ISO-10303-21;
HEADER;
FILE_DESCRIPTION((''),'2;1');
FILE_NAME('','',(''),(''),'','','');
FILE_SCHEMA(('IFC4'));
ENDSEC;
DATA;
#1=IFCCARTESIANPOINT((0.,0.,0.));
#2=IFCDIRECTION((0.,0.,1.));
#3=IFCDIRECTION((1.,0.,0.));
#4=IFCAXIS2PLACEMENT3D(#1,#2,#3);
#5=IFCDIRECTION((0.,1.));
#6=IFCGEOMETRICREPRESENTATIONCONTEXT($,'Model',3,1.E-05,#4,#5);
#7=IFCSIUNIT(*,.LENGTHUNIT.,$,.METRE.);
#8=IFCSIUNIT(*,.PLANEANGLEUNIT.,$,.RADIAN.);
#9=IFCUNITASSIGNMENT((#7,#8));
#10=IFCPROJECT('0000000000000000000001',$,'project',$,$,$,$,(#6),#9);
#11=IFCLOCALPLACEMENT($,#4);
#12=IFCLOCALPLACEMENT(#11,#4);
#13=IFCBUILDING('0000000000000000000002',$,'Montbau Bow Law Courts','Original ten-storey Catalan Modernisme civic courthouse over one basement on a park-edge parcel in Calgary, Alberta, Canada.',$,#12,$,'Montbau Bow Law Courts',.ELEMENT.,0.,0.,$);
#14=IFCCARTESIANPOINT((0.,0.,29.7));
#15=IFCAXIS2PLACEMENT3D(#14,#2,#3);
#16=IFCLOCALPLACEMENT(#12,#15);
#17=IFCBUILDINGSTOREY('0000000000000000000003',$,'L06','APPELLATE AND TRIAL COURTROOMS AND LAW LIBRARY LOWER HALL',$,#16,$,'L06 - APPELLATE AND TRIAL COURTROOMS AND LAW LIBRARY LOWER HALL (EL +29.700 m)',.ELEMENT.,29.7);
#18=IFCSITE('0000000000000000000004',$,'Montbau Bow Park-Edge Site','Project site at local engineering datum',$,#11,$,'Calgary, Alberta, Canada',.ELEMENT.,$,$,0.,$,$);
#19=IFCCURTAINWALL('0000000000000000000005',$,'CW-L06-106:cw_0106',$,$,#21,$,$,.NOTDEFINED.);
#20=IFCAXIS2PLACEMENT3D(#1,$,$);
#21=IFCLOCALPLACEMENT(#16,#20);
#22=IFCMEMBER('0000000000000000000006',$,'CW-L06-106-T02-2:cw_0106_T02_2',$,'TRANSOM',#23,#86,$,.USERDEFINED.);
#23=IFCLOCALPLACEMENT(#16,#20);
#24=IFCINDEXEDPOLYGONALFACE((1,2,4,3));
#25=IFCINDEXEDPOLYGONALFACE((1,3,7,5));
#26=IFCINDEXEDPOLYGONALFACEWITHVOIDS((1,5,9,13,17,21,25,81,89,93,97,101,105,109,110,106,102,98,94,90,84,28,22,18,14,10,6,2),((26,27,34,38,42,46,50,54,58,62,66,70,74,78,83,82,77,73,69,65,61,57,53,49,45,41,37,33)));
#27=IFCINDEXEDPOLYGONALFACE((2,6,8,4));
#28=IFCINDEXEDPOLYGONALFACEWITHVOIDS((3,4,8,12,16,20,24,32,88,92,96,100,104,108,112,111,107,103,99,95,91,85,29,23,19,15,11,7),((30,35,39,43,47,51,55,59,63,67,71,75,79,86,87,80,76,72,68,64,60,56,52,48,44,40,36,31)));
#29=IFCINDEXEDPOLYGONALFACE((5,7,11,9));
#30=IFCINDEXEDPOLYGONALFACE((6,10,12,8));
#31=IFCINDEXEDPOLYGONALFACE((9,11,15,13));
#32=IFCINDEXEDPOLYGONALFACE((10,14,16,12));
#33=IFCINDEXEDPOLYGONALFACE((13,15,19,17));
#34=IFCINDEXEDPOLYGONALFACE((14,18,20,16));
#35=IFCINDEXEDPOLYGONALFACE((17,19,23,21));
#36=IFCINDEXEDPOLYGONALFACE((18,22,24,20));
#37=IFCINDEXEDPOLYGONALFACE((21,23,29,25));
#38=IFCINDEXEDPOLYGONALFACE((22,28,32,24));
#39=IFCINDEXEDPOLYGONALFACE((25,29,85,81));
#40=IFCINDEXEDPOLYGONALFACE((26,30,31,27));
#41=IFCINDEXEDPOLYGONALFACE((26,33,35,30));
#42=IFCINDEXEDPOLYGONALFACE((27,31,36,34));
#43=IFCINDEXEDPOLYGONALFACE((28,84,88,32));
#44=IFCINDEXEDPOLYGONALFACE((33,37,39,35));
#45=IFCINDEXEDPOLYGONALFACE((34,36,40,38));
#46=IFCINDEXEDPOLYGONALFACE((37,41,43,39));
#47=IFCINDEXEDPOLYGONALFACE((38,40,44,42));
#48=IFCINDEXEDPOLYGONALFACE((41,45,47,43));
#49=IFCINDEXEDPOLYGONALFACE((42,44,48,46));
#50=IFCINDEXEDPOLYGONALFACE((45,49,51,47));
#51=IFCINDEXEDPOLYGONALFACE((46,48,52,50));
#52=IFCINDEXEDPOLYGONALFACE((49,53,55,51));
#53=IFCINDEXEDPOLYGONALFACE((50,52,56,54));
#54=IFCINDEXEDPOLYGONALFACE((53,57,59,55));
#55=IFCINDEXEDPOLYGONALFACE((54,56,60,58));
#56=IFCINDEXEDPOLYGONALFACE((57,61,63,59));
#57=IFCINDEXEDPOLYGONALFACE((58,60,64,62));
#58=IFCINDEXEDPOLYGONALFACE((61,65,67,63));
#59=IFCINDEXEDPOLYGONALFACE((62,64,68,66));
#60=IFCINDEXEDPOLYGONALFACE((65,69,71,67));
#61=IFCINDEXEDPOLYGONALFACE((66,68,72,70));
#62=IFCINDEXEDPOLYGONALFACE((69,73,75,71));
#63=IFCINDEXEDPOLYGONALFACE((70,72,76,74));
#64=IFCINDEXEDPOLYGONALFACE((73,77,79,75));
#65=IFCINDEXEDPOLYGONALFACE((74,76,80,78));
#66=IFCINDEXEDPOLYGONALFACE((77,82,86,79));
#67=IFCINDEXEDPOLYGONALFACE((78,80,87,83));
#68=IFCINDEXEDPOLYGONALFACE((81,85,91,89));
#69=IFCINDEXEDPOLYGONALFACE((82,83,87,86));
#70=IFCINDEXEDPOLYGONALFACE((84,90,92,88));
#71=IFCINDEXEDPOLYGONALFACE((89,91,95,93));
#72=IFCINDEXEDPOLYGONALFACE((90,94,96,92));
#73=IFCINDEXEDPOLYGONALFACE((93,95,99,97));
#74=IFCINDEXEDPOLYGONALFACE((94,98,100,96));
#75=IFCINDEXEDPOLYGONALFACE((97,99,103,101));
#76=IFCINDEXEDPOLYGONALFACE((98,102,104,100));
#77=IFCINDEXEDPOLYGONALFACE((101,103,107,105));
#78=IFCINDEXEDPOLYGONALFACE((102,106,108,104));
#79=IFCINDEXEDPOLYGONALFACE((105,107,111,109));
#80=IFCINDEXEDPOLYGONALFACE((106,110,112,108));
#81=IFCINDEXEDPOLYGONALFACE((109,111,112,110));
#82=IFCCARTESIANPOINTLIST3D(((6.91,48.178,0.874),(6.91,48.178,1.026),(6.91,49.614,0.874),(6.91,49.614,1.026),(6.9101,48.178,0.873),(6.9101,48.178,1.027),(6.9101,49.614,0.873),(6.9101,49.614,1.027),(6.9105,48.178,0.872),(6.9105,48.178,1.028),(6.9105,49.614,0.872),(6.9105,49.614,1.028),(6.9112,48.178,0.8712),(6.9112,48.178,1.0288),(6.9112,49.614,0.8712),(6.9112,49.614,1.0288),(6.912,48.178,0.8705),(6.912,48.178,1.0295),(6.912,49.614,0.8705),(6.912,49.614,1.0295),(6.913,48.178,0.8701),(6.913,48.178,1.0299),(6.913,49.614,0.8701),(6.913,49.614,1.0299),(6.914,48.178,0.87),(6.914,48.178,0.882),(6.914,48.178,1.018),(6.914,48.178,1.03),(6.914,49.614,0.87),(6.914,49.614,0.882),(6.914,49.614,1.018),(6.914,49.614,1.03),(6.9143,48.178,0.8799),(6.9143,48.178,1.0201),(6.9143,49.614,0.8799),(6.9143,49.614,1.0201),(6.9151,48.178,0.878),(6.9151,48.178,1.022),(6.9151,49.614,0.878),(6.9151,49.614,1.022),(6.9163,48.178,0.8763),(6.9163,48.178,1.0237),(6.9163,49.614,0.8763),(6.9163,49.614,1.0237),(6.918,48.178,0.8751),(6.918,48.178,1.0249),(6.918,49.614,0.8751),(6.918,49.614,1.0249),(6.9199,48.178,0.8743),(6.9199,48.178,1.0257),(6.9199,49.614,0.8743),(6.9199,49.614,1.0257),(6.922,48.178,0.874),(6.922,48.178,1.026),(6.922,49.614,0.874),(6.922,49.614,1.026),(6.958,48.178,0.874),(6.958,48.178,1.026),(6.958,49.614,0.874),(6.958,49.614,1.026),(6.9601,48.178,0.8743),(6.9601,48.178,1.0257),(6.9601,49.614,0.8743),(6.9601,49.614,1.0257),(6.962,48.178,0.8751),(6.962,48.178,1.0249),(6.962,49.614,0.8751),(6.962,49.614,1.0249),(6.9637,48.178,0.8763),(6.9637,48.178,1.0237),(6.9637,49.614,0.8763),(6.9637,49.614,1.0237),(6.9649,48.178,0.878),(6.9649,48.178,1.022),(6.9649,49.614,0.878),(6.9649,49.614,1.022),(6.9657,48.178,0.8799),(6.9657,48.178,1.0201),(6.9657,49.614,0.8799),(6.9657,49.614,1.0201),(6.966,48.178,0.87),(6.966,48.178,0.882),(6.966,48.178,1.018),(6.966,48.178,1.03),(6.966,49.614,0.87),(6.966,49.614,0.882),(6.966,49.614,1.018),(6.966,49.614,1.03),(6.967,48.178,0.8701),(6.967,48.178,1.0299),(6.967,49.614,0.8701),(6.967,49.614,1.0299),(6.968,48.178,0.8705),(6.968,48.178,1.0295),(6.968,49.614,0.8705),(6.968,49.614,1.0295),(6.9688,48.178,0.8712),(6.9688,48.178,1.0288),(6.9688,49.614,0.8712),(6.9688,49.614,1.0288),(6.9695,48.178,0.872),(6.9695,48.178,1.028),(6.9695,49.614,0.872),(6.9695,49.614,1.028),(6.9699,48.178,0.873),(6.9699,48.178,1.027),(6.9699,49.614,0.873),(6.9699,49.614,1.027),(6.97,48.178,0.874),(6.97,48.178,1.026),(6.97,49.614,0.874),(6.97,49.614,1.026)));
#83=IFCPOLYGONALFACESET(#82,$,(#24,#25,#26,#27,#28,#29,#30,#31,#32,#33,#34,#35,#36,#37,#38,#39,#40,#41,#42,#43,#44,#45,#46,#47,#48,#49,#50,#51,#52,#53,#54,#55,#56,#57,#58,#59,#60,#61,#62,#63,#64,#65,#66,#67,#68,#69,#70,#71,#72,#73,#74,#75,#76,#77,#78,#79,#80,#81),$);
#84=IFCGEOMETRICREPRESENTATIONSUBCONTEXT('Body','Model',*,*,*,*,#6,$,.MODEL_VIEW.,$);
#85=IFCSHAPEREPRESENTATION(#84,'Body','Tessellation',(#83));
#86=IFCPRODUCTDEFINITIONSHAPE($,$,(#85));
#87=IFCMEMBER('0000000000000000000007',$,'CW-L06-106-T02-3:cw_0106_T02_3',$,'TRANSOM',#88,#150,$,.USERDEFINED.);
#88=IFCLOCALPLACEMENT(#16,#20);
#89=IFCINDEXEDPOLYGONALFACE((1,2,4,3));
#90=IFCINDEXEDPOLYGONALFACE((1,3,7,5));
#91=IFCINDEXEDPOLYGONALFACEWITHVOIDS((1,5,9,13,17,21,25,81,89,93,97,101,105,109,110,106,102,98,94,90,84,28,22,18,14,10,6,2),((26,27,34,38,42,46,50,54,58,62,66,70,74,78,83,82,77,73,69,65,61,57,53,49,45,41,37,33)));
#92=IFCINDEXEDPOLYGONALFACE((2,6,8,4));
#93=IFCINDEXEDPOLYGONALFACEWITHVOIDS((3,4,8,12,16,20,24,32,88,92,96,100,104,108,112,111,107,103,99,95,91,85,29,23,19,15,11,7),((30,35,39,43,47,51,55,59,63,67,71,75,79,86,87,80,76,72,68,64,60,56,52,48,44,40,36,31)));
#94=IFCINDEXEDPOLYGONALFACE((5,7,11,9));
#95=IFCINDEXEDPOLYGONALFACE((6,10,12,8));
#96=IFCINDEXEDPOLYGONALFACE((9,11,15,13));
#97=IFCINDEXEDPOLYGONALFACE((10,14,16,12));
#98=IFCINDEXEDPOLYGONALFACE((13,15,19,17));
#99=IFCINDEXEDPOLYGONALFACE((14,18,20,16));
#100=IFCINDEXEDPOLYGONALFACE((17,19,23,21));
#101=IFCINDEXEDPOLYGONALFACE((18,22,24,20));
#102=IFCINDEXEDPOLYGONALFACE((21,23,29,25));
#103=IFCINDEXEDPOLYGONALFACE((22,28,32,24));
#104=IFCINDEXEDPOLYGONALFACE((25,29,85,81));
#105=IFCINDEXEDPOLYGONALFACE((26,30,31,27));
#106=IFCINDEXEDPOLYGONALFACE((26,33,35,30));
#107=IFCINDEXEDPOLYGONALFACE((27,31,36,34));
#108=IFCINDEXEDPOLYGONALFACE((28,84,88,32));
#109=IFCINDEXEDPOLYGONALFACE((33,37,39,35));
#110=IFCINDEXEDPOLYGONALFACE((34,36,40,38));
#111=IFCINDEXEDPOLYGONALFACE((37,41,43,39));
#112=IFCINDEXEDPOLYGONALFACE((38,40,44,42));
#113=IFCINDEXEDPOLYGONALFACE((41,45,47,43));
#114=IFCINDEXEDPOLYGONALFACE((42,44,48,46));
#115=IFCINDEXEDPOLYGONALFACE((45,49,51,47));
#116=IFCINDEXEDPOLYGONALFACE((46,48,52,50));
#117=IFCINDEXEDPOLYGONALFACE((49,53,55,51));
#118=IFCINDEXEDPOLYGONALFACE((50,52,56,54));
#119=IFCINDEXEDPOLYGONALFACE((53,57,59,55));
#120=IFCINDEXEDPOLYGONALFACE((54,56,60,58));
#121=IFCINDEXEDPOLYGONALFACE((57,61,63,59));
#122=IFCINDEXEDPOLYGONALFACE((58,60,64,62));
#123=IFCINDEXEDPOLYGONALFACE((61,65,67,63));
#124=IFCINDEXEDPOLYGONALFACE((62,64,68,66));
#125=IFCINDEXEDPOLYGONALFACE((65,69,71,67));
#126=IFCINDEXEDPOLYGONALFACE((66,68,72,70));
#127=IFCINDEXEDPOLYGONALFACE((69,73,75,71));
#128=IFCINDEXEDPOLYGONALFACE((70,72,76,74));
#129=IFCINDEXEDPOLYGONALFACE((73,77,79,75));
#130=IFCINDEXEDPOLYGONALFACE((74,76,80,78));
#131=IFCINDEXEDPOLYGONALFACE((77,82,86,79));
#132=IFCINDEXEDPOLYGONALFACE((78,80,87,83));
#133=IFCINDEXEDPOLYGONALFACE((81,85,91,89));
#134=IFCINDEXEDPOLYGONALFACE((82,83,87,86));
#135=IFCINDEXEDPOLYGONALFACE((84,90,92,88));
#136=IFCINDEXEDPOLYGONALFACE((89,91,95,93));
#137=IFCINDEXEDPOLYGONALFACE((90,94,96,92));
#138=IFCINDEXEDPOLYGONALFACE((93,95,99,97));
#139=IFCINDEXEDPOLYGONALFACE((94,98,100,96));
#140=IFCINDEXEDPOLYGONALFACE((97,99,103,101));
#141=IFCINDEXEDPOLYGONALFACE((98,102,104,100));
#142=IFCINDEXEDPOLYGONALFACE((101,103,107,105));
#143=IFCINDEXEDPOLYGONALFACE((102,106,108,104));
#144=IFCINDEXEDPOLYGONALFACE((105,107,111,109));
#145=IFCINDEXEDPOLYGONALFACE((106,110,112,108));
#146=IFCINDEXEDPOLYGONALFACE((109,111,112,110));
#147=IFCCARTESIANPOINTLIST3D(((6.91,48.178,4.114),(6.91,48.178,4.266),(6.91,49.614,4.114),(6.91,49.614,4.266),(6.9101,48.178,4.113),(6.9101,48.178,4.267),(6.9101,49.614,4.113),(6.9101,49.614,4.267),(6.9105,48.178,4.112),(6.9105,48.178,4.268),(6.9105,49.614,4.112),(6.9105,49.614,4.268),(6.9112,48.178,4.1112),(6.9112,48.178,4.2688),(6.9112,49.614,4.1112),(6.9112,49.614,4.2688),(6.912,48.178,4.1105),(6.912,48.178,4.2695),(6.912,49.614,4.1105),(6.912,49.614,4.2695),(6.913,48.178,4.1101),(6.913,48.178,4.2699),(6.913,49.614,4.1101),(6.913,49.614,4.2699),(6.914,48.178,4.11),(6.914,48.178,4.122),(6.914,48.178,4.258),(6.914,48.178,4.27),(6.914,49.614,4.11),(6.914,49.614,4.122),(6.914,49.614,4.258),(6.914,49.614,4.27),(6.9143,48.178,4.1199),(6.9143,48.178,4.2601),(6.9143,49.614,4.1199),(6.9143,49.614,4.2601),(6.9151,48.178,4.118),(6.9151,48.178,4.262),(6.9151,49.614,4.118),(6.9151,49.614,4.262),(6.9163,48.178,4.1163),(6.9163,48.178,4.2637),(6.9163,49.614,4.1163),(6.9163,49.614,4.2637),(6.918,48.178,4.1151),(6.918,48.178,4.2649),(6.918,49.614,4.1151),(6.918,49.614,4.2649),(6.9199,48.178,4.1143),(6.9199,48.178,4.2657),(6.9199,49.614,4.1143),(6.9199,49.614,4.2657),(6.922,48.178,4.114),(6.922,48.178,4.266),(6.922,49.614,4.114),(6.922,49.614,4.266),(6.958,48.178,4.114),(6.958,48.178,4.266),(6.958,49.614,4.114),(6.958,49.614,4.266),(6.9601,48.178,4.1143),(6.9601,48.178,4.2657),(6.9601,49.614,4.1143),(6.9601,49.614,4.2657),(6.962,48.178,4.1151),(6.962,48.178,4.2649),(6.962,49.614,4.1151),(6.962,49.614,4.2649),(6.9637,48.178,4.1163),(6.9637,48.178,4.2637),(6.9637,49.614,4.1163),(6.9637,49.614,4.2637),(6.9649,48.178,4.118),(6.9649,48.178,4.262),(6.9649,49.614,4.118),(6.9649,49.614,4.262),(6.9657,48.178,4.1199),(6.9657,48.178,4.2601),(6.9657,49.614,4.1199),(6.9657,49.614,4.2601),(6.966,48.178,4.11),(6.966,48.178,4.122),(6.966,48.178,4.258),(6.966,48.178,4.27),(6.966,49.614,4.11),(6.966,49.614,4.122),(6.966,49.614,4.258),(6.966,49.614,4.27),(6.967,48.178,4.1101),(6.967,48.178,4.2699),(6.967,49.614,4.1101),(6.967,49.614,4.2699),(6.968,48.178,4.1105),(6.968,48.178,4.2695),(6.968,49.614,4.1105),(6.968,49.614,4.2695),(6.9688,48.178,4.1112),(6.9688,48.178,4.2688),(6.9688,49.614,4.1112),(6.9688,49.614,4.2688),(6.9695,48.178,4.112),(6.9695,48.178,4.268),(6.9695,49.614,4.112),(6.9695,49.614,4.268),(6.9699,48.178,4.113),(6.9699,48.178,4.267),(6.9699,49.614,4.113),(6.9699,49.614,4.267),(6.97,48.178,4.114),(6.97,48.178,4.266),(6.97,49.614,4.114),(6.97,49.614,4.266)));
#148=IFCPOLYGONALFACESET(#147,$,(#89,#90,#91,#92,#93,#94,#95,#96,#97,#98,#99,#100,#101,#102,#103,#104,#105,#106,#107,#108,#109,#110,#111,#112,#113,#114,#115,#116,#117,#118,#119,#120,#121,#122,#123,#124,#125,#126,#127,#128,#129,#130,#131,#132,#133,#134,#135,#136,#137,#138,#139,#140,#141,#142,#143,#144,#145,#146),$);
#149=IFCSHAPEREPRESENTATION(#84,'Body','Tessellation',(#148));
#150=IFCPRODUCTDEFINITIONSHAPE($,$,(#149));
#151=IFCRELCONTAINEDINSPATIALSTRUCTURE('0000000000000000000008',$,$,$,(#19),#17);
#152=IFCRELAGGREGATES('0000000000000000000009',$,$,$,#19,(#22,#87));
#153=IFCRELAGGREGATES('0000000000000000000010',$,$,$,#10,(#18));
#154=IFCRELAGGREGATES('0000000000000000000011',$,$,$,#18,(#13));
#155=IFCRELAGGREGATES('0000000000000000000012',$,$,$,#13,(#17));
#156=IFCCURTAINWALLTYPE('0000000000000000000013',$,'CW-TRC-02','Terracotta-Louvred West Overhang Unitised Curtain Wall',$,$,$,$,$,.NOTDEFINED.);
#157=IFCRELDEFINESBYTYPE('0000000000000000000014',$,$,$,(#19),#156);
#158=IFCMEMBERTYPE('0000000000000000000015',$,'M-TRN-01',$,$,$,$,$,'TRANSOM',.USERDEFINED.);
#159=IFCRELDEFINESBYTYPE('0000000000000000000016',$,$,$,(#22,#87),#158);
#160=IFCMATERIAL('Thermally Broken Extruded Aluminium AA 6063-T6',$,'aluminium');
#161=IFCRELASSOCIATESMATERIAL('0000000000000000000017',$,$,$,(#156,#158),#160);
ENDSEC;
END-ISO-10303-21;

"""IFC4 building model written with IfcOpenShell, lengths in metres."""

from ifc_helpers import new_model, si_unit, direction, frame, origin_with_axes, origin_2d_with_axis, place, context, subcontext, project, spatial, hollow_rectangle, extrude, material, material_profile, profile_set, type_object, element, aggregate, save


model = new_model("IFC4")

# Units and contexts
model_context = context("Model", 3, precision=1e-05, world=origin_with_axes(), true_north=direction((0.0, 1.0)))
body_context = subcontext(model_context, "Body", "Model", "MODEL_VIEW")
ifc_project = project(units=[si_unit("LENGTHUNIT", "METRE"), si_unit("PLANEANGLEUNIT", "RADIAN")], contexts=[model_context])

# Site, building, storey
site_placement = place(None, origin_with_axes())
site = spatial("IfcSite", under=ifc_project, at=site_placement, Name="Montbau Bow Park-Edge Site", Description="Project site at local engineering datum", LongName="Calgary, Alberta, Canada", CompositionType="ELEMENT", RefElevation=0.0)
building_placement = place(site_placement, origin_with_axes())
building = spatial("IfcBuilding", under=site, at=building_placement, Name="Montbau Bow Law Courts", Description="Original ten-storey Catalan Modernisme civic courthouse over one basement on a park-edge parcel in Calgary, Alberta, Canada.", LongName="Montbau Bow Law Courts", CompositionType="ELEMENT", ElevationOfRefHeight=0.0, ElevationOfTerrain=0.0)
storey_placement = place(building_placement, frame((0.0, 0.0, 29.7), z_axis=(0.0, 0.0, 1.0), x_axis=(1.0, 0.0, 0.0)))
storey = spatial("IfcBuildingStorey", under=building, at=storey_placement, Name="L06", Description="APPELLATE AND TRIAL COURTROOMS AND LAW LIBRARY LOWER HALL", LongName="L06 - APPELLATE AND TRIAL COURTROOMS AND LAW LIBRARY LOWER HALL (EL +29.700 m)", CompositionType="ELEMENT", Elevation=29.7)

# Shared definitions
ifc_material_1 = material(Name="Thermally Broken Extruded Aluminium AA 6063-T6", Category="aluminium")
curtain_wall_type = type_object("IfcCurtainWallType", Name="CW-TRC-02", Description="Terracotta-Louvred West Overhang Unitised Curtain Wall", PredefinedType="NOTDEFINED", material=ifc_material_1)

# Curtain wall, members
curtain_wall_1_placement = place(None, frame((6.94, 46.64, 29.7), z_axis=(0.0, 0.0, 1.0), x_axis=(1.0, 0.0, 0.0)))
curtain_wall_1 = element("IfcCurtainWall", 1, at=curtain_wall_1_placement, inside=storey, type_object=curtain_wall_type, Name="CW-L06-106:cw_0106", PredefinedType="NOTDEFINED")
ifc_material_profile_1 = material_profile(ifc_material_1, hollow_rectangle(XDim=0.06, YDim=0.16, WallThickness=0.004, InnerFilletRadius=0.008, OuterFilletRadius=0.004, at=origin_2d_with_axis()), Name="CWT-160X60", Category="Main", Priority=0)
ifc_profile_set_1 = profile_set([ifc_material_profile_1], Name="Thermally Broken Extruded Aluminium AA 6063-T6")
member_type_1 = type_object("IfcMemberType", Name="M-TRN-01", ElementType="TRANSOM", PredefinedType="USERDEFINED", material=ifc_profile_set_1)
member_1_placement = place(None, frame((6.94, 48.178, 30.65), z_axis=(0.0, 1.0, 0.0), x_axis=(-1.0, 0.0, 0.0)))
member_1 = element("IfcMember", 2, at=member_1_placement, type_object=member_type_1, Name="CW-L06-106-T02-2:cw_0106_T02_2", ObjectType="TRANSOM", PredefinedType="USERDEFINED", context=body_context, shape_type="SweptSolid", body=[
    extrude(hollow_rectangle(XDim=0.06, YDim=0.16, WallThickness=0.004, InnerFilletRadius=0.008, OuterFilletRadius=0.004, at=origin_2d_with_axis()), origin_with_axes(), (0.0, 0.0, 1.0), 1.436),
])
member_2_placement = place(None, frame((6.94, 48.178, 33.89), z_axis=(0.0, 1.0, 0.0), x_axis=(-1.0, 0.0, 0.0)))
member_2 = element("IfcMember", 3, at=member_2_placement, type_object=member_type_1, Name="CW-L06-106-T02-3:cw_0106_T02_3", ObjectType="TRANSOM", PredefinedType="USERDEFINED", context=body_context, shape_type="SweptSolid", body=[
    extrude(hollow_rectangle(XDim=0.06, YDim=0.16, WallThickness=0.004, InnerFilletRadius=0.008, OuterFilletRadius=0.004, at=origin_2d_with_axis()), origin_with_axes(), (0.0, 0.0, 1.0), 1.436),
])
aggregate(curtain_wall_1, [member_1, member_2])

save(model, "model.ifc")
